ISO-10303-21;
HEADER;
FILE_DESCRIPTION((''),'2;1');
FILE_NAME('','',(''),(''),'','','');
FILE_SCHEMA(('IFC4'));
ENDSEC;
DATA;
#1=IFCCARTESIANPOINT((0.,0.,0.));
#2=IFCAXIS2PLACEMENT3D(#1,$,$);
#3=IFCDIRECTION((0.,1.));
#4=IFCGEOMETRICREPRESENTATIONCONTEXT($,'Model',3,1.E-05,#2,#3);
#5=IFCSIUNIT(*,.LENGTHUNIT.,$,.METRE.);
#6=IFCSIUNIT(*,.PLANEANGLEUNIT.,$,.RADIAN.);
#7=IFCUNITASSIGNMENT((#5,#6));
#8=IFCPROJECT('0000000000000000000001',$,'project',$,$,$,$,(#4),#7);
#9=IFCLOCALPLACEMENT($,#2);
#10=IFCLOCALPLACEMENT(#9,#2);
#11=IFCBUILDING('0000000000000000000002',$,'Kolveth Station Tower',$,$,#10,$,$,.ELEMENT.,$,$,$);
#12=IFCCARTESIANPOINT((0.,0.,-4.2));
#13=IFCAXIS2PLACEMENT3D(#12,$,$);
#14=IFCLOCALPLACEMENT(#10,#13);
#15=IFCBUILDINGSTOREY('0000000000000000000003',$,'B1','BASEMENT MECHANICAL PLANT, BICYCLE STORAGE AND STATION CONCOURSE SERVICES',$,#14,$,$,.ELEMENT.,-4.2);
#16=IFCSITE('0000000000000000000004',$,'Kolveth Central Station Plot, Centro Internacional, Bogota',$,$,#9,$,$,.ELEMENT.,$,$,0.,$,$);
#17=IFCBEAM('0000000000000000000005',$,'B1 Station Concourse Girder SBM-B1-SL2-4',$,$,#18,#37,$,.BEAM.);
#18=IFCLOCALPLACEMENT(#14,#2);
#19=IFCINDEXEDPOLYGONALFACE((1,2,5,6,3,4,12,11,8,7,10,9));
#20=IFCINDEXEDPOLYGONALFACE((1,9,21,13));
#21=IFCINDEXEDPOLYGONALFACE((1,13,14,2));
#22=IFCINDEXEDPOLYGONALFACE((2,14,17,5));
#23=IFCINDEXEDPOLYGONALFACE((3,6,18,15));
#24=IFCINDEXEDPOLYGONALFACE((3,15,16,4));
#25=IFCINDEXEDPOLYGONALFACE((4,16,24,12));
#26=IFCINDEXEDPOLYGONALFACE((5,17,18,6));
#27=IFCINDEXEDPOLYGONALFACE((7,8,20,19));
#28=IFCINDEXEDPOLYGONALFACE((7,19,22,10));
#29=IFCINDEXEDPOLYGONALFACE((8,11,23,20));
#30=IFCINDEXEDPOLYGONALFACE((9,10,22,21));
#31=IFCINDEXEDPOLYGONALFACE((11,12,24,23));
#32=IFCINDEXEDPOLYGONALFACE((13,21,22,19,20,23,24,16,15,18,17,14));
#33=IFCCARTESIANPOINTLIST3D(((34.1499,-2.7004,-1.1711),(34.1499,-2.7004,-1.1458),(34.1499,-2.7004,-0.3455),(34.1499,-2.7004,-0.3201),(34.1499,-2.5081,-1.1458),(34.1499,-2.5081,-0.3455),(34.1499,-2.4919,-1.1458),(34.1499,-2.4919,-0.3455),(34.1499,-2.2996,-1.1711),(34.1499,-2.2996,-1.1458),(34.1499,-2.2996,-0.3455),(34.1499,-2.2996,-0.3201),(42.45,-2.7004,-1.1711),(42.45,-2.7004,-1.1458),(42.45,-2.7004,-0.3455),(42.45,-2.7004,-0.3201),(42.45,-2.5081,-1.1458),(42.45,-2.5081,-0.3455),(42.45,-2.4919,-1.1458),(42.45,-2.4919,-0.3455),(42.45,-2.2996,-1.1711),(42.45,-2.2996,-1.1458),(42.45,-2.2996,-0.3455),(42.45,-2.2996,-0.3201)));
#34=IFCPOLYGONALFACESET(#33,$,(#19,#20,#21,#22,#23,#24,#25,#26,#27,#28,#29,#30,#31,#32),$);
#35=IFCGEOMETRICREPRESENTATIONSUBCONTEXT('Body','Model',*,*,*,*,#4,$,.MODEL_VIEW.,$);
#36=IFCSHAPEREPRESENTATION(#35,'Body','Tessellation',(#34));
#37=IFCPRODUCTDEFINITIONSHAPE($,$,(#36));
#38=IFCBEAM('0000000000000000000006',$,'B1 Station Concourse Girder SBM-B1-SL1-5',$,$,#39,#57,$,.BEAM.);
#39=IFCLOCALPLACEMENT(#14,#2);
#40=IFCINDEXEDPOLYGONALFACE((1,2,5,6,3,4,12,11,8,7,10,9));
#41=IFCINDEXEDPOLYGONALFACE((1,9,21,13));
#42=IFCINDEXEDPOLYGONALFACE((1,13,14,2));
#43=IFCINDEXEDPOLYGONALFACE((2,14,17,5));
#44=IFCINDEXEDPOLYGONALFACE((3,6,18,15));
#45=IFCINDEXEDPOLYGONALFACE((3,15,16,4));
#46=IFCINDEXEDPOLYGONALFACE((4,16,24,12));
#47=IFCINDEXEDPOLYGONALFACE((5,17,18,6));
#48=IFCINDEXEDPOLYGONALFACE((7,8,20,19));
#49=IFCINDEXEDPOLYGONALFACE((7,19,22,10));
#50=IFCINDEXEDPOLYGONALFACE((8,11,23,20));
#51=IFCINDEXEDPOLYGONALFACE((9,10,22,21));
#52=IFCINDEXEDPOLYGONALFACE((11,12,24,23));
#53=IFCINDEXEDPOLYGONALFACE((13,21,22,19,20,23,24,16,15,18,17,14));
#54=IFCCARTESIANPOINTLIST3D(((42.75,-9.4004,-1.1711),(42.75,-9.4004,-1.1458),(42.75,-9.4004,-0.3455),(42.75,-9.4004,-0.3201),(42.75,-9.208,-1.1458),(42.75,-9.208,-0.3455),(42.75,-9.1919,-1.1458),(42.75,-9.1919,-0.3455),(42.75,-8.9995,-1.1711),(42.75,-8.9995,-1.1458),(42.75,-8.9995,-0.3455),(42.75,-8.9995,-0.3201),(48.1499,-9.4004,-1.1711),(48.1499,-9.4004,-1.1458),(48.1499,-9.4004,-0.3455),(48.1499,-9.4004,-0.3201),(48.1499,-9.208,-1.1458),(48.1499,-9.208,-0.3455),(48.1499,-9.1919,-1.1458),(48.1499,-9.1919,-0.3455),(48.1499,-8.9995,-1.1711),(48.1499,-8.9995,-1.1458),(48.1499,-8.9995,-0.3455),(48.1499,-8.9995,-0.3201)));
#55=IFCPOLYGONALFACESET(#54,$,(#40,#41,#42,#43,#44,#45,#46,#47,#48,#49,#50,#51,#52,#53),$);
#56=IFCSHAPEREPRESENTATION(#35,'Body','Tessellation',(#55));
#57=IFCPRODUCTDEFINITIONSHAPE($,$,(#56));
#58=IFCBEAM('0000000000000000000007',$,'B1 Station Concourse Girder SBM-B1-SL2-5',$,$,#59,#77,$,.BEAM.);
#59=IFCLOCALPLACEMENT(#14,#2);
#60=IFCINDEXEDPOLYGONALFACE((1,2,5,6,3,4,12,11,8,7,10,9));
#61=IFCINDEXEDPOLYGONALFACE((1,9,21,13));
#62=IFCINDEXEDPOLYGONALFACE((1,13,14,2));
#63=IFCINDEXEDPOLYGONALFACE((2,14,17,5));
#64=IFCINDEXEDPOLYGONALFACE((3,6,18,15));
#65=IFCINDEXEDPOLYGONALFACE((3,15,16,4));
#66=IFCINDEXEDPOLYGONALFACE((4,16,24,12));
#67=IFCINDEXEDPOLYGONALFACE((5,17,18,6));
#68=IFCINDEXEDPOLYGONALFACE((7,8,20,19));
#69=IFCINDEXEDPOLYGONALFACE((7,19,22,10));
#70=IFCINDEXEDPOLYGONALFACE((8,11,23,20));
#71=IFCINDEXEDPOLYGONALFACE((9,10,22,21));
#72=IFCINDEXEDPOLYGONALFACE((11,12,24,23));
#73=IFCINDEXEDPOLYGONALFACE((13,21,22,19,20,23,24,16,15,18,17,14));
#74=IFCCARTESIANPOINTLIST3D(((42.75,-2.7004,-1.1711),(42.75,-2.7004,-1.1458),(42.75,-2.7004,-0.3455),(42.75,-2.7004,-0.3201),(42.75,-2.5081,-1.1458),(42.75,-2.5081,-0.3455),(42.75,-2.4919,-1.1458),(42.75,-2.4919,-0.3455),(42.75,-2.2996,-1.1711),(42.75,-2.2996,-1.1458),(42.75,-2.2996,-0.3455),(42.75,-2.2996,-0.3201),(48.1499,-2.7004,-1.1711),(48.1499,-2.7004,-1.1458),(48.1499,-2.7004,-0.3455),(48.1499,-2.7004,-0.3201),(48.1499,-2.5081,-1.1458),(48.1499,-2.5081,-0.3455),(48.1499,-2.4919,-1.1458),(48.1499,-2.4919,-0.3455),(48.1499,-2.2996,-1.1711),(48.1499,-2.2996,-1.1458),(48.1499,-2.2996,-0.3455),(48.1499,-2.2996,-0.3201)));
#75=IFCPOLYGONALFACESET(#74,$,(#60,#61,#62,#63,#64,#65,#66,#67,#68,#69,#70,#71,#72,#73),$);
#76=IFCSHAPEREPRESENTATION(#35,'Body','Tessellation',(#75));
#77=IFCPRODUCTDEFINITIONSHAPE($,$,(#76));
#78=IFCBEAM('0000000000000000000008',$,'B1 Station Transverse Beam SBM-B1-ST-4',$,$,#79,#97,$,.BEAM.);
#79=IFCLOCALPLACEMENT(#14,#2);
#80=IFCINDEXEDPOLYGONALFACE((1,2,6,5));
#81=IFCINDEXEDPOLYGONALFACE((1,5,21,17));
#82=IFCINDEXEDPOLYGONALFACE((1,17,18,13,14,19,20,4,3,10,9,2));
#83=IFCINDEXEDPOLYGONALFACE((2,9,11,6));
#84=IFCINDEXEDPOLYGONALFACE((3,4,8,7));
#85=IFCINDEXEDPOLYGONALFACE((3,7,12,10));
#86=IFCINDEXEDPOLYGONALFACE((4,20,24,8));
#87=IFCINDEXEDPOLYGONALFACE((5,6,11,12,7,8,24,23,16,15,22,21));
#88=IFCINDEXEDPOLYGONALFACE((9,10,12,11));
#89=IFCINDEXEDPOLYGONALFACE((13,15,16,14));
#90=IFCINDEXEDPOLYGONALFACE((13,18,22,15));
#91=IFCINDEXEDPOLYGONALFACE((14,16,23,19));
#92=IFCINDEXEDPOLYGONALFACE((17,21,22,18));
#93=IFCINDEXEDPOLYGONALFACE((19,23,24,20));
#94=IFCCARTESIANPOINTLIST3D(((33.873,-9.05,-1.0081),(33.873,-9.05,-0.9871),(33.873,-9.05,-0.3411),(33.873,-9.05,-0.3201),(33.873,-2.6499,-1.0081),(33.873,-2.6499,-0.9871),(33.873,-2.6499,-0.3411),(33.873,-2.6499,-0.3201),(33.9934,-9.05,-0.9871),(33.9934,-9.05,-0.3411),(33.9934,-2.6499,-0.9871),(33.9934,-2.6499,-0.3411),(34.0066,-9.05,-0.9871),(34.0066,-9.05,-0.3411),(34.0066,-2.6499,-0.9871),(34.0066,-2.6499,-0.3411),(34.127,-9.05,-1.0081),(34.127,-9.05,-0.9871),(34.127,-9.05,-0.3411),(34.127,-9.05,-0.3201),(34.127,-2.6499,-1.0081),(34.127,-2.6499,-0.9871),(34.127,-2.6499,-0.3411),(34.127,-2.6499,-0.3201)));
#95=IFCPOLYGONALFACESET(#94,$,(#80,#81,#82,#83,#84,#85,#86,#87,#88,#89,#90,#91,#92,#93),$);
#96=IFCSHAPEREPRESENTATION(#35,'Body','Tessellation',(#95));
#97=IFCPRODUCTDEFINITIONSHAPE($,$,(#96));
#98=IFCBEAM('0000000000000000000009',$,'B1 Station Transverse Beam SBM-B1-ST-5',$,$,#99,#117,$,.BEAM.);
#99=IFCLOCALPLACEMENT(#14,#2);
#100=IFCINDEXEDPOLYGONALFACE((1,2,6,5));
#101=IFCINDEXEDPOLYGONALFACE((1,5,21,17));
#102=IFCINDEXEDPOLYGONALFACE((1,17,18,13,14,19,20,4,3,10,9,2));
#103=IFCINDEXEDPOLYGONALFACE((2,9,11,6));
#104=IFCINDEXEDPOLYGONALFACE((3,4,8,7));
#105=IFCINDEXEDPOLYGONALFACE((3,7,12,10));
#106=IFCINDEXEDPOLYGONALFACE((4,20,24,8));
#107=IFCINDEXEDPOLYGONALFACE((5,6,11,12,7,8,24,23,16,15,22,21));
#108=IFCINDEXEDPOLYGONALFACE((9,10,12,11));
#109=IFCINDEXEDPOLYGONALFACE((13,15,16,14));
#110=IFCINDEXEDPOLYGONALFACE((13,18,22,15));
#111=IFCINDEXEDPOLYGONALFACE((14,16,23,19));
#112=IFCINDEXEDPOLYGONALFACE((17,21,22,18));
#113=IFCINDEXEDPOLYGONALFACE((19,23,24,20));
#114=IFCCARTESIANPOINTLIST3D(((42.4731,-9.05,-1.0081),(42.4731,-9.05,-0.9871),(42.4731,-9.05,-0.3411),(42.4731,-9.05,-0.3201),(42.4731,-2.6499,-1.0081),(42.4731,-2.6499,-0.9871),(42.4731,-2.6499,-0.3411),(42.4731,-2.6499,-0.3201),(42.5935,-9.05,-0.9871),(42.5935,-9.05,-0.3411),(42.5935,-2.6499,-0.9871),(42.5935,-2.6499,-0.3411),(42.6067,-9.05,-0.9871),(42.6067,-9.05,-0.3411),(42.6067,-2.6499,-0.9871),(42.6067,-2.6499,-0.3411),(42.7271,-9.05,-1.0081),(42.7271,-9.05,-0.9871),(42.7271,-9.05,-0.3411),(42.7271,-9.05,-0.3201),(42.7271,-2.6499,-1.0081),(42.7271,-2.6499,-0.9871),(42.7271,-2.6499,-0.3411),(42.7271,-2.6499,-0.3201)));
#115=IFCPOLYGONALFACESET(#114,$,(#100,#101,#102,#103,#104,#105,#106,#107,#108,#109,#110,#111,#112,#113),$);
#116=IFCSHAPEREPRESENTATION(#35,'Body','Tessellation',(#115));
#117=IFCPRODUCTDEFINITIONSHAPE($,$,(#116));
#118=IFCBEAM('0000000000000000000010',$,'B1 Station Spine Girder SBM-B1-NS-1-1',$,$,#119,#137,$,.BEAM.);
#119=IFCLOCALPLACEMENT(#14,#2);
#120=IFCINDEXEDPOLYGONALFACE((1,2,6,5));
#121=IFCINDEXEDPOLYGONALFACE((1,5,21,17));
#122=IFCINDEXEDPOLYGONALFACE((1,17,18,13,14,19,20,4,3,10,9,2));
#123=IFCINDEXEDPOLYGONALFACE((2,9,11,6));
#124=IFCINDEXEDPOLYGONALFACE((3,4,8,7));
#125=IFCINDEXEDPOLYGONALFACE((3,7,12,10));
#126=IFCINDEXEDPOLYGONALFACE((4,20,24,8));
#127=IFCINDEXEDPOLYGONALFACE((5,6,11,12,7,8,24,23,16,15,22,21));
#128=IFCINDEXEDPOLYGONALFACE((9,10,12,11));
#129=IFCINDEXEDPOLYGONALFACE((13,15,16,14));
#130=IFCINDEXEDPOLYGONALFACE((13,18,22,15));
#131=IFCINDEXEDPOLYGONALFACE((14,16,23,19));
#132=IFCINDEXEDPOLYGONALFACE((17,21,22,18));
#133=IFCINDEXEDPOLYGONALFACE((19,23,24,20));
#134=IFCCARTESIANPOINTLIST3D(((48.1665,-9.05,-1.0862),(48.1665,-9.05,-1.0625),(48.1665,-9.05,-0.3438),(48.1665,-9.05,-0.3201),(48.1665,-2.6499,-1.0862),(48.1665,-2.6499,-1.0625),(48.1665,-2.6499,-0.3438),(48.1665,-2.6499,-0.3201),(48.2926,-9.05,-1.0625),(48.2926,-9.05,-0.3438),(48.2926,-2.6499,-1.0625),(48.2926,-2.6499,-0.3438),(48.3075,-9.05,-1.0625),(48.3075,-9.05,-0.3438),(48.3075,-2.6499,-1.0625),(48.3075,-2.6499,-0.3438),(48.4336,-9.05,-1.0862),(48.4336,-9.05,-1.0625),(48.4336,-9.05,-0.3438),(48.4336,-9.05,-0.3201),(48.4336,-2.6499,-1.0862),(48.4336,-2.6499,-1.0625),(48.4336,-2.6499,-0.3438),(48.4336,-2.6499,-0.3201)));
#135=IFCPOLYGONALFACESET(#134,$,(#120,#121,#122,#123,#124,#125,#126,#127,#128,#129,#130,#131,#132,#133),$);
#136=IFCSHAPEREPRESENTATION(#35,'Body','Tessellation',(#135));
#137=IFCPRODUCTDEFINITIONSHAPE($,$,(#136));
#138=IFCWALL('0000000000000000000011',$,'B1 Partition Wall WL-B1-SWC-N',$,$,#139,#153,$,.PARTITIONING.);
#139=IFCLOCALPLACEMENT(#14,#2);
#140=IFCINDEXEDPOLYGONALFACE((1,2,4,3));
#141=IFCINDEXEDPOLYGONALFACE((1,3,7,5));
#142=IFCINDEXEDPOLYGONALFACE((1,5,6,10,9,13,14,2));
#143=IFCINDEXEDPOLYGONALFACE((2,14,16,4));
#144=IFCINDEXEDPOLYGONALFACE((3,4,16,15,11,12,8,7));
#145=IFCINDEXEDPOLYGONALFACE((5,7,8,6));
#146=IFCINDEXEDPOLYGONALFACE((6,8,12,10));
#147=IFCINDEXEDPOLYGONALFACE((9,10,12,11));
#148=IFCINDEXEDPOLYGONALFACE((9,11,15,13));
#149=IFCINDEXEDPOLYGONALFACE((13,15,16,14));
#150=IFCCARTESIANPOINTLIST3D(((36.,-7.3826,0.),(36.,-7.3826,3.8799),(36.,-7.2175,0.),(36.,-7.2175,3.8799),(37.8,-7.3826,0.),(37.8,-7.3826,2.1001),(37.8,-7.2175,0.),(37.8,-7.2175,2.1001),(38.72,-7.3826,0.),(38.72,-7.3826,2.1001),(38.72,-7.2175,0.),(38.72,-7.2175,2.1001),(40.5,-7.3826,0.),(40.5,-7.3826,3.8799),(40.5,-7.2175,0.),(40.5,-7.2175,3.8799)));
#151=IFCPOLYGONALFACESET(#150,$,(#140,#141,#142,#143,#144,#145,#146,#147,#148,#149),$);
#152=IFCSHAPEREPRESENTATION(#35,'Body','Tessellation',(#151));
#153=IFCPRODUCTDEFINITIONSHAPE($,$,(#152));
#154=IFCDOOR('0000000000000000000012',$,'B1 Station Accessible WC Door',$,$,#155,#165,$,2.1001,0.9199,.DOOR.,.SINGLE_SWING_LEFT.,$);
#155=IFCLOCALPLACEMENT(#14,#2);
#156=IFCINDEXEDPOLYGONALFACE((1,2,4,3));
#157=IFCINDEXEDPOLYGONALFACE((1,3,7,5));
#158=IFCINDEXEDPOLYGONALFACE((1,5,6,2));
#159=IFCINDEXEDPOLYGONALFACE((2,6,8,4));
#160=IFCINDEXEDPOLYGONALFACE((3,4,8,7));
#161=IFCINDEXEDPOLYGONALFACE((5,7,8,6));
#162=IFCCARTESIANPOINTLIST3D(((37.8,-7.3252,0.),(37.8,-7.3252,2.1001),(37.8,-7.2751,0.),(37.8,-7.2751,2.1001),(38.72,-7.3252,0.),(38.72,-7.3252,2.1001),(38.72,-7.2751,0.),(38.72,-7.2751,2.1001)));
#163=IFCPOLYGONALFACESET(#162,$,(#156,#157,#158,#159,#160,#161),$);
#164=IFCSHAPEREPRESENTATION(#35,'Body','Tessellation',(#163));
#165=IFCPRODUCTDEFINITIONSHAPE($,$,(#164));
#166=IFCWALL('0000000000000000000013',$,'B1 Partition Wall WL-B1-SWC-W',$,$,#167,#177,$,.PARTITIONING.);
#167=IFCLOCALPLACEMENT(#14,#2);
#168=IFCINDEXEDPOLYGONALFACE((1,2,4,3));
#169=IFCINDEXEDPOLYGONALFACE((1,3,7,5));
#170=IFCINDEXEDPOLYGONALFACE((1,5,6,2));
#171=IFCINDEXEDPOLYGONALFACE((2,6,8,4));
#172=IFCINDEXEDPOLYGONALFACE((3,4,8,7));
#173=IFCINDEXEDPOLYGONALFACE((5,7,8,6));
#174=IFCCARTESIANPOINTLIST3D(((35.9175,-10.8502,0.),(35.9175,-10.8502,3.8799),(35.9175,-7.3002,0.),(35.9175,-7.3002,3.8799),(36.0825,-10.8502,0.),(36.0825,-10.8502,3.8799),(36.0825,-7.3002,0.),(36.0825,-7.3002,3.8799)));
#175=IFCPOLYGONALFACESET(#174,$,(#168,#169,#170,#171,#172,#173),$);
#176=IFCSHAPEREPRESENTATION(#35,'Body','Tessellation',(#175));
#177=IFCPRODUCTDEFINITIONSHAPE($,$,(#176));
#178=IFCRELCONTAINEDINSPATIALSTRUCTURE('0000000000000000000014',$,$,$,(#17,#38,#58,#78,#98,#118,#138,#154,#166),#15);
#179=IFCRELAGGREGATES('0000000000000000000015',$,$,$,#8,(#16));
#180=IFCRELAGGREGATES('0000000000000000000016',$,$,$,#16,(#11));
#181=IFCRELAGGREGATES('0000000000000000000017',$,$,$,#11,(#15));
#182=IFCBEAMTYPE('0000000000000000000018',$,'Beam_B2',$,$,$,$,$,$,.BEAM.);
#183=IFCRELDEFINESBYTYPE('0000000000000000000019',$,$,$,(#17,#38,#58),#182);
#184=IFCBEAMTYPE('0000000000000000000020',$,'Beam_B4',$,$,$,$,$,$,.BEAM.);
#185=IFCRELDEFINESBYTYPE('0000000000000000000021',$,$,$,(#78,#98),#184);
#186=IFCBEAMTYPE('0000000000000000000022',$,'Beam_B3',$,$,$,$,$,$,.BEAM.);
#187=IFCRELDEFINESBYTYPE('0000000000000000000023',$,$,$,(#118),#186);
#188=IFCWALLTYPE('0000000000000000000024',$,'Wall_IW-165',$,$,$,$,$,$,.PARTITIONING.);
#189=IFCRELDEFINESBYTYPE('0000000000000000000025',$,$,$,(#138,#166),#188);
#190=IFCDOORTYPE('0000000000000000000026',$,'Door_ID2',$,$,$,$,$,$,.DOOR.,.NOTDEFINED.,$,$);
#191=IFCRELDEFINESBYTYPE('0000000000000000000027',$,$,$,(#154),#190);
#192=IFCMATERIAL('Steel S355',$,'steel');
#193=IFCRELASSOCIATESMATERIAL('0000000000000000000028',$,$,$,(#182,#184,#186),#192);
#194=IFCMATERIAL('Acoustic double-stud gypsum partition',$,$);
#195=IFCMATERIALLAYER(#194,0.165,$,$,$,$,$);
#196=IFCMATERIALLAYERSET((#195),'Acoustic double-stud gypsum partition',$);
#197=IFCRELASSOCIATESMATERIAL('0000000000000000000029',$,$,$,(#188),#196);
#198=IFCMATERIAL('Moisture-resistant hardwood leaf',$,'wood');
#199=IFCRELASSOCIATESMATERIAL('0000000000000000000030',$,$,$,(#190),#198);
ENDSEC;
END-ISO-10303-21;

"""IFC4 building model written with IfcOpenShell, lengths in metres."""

from ifc_helpers import new_model, si_unit, direction, frame, frame_2d, origin, origin_2d, place, context, subcontext, project, spatial, rectangle, i_section, extrude, source, transform, mapped, material, layer, layer_set, material_profile, profile_set, type_object, element, fill, save


model = new_model("IFC4")

# Units and contexts
model_context = context("Model", 3, precision=1e-05, world=origin(), true_north=direction((0.0, 1.0)))
body_context = subcontext(model_context, "Body", "Model", "MODEL_VIEW")
ifc_project = project(units=[si_unit("LENGTHUNIT", "METRE"), si_unit("PLANEANGLEUNIT", "RADIAN")], contexts=[model_context])

# Site, building, storey
site_placement = place(None, origin())
site = spatial("IfcSite", under=ifc_project, at=site_placement, Name="Kolveth Central Station Plot, Centro Internacional, Bogota", CompositionType="ELEMENT", RefElevation=0.0)
building_placement = place(site_placement, origin())
building = spatial("IfcBuilding", under=site, at=building_placement, Name="Kolveth Station Tower", CompositionType="ELEMENT")
storey_placement = place(building_placement, frame((0.0, 0.0, -4.2)))
storey = spatial("IfcBuildingStorey", under=building, at=storey_placement, Name="B1", Description="BASEMENT MECHANICAL PLANT, BICYCLE STORAGE AND STATION CONCOURSE SERVICES", CompositionType="ELEMENT", Elevation=-4.2)

# Shared definitions
ifc_material_1 = material(Name="Steel S355", Category="steel")

# Beams
ifc_material_profile_1 = material_profile(ifc_material_1, i_section(OverallWidth=0.4009, OverallDepth=0.8511, WebThickness=0.0161, FlangeThickness=0.0254, at=origin_2d()), Name="W840x226")
ifc_profile_set_1 = profile_set([ifc_material_profile_1], Name="Steel S355")
beam_type_1 = type_object("IfcBeamType", Name="Beam_B2", PredefinedType="BEAM", material=ifc_profile_set_1)
shared_shape_1 = source(origin(), body_context, "Body", "SweptSolid", [
    extrude(i_section(OverallWidth=0.4009, OverallDepth=0.8511, WebThickness=0.0161, FlangeThickness=0.0254, at=origin_2d()), origin(), (0.0, 0.0, 1.0), 8.3),
])
for number, where, z_axis, x_axis, name in (
    (1, (34.1499, -2.5, -0.7456), (1.0, 0.0, 0.0), (0.0, 1.0, 0.0), "B1 Station Concourse Girder SBM-B1-SL2-4"),
):
    element("IfcBeam", number, at=place(storey_placement, frame(where, z_axis=z_axis, x_axis=x_axis)), inside=storey, type_object=beam_type_1, Name=name, PredefinedType="BEAM", context=body_context, shape_type="MappedRepresentation", body=[
        mapped(shared_shape_1, transform((0.0, 0.0, 0.0), x_axis=(1.0, 0.0, 0.0), y_axis=(0.0, 1.0, 0.0), z_axis=(0.0, 0.0, 1.0), scale=1.0)),
    ])
shared_shape_2 = source(origin(), body_context, "Body", "SweptSolid", [
    extrude(i_section(OverallWidth=0.4009, OverallDepth=0.8511, WebThickness=0.0161, FlangeThickness=0.0254, at=origin_2d()), origin(), (0.0, 0.0, 1.0), 5.3999),
])
for number, where, z_axis, x_axis, name in (
    (2, (42.75, -9.2, -0.7456), (1.0, 0.0, 0.0), (0.0, 1.0, 0.0), "B1 Station Concourse Girder SBM-B1-SL1-5"),
    (3, (42.75, -2.5, -0.7456), (1.0, 0.0, 0.0), (0.0, 1.0, 0.0), "B1 Station Concourse Girder SBM-B1-SL2-5"),
):
    element("IfcBeam", number, at=place(storey_placement, frame(where, z_axis=z_axis, x_axis=x_axis)), inside=storey, type_object=beam_type_1, Name=name, PredefinedType="BEAM", context=body_context, shape_type="MappedRepresentation", body=[
        mapped(shared_shape_2, transform((0.0, 0.0, 0.0), x_axis=(1.0, 0.0, 0.0), y_axis=(0.0, 1.0, 0.0), z_axis=(0.0, 0.0, 1.0), scale=1.0)),
    ])
ifc_material_profile_2 = material_profile(ifc_material_1, i_section(OverallWidth=0.2539, OverallDepth=0.688, WebThickness=0.0132, FlangeThickness=0.021, at=origin_2d()), Name="W690x152")
ifc_profile_set_2 = profile_set([ifc_material_profile_2], Name="Steel S355")
beam_type_2 = type_object("IfcBeamType", Name="Beam_B4", PredefinedType="BEAM", material=ifc_profile_set_2)
shared_shape_3 = source(origin(), body_context, "Body", "SweptSolid", [
    extrude(i_section(OverallWidth=0.2539, OverallDepth=0.688, WebThickness=0.0132, FlangeThickness=0.021, at=origin_2d()), origin(), (0.0, 0.0, 1.0), 6.4001),
])
for number, where, z_axis, x_axis, name in (
    (4, (34.0, -9.05, -0.6641), (0.0, 1.0, 0.0), (-1.0, 0.0, 0.0), "B1 Station Transverse Beam SBM-B1-ST-4"),
    (5, (42.6001, -9.05, -0.6641), (0.0, 1.0, 0.0), (-1.0, 0.0, 0.0), "B1 Station Transverse Beam SBM-B1-ST-5"),
):
    element("IfcBeam", number, at=place(storey_placement, frame(where, z_axis=z_axis, x_axis=x_axis)), inside=storey, type_object=beam_type_2, Name=name, PredefinedType="BEAM", context=body_context, shape_type="MappedRepresentation", body=[
        mapped(shared_shape_3, transform((0.0, 0.0, 0.0), x_axis=(1.0, 0.0, 0.0), y_axis=(0.0, 1.0, 0.0), z_axis=(0.0, 0.0, 1.0), scale=1.0)),
    ])
ifc_material_profile_3 = material_profile(ifc_material_1, i_section(OverallWidth=0.2671, OverallDepth=0.7661, WebThickness=0.0149, FlangeThickness=0.0237, at=origin_2d()), Name="W760x185")
ifc_profile_set_3 = profile_set([ifc_material_profile_3], Name="Steel S355")
beam_type_3 = type_object("IfcBeamType", Name="Beam_B3", PredefinedType="BEAM", material=ifc_profile_set_3)
shared_shape_4 = source(origin(), body_context, "Body", "SweptSolid", [
    extrude(i_section(OverallWidth=0.2671, OverallDepth=0.7661, WebThickness=0.0149, FlangeThickness=0.0237, at=origin_2d()), origin(), (0.0, 0.0, 1.0), 6.4001),
])
beam_1_placement = place(storey_placement, frame((48.3, -9.05, -0.7031), z_axis=(0.0, 1.0, 0.0), x_axis=(-1.0, 0.0, 0.0)))
element("IfcBeam", 6, at=beam_1_placement, inside=storey, type_object=beam_type_3, Name="B1 Station Spine Girder SBM-B1-NS-1-1", PredefinedType="BEAM", context=body_context, shape_type="MappedRepresentation", body=[
    mapped(shared_shape_4, transform((0.0, 0.0, 0.0), x_axis=(1.0, 0.0, 0.0), y_axis=(0.0, 1.0, 0.0), z_axis=(0.0, 0.0, 1.0), scale=1.0)),
])

# Wall, opening, door
ifc_material_2 = material(Name="Acoustic double-stud gypsum partition")
ifc_layer_1 = layer(ifc_material_2, 0.165)
ifc_layer_set_1 = layer_set([ifc_layer_1], Name="Acoustic double-stud gypsum partition")
wall_type_1 = type_object("IfcWallType", Name="Wall_IW-165", PredefinedType="PARTITIONING", material=ifc_layer_set_1)
wall_1_placement = place(storey_placement, frame((36.0, -7.3, 0.0), z_axis=(0.0, 0.0, 1.0), x_axis=(1.0, 0.0, 0.0)))
wall_1 = element("IfcWall", 7, at=wall_1_placement, inside=storey, type_object=wall_type_1, Name="B1 Partition Wall WL-B1-SWC-N", PredefinedType="PARTITIONING", context=body_context, shape_type="SweptSolid", body=[
    extrude(rectangle(XDim=4.5, YDim=0.165, at=frame_2d((2.25, 0.0))), origin(), (0.0, 0.0, 1.0), 3.8799),
])
opening_1_placement = place(wall_1_placement, frame((1.8, 0.0, 0.0)))
opening_1 = element("IfcOpeningElement", 8, at=opening_1_placement, cuts=wall_1, PredefinedType="OPENING", context=body_context, shape_type="SweptSolid", body=[
    extrude(rectangle(XDim=0.9199, YDim=2.1001, at=frame_2d((0.46, 1.05))), frame((0.0, 0.0925, 0.0), z_axis=(0.0, -1.0, 0.0), x_axis=(1.0, 0.0, 0.0)), (0.0, 0.0, 1.0), 0.1851),
])
ifc_material_3 = material(Name="Moisture-resistant hardwood leaf", Category="wood")
door_type_1 = type_object("IfcDoorType", Name="Door_ID2", OperationType="NOTDEFINED", PredefinedType="DOOR", material=ifc_material_3)
door_1_placement = place(opening_1_placement, origin())
door_1 = element("IfcDoor", 9, at=door_1_placement, inside=storey, type_object=door_type_1, Name="B1 Station Accessible WC Door", OperationType="SINGLE_SWING_LEFT", OverallHeight=2.1001, OverallWidth=0.9199, PredefinedType="DOOR", context=body_context, shape_type="SweptSolid", body=[
    extrude(rectangle(XDim=0.9199, YDim=2.1001, at=frame_2d((0.46, 1.05))), frame((0.0, 0.0249, 0.0), z_axis=(0.0, -1.0, 0.0), x_axis=(1.0, 0.0, 0.0)), (0.0, 0.0, 1.0), 0.05),
])
fill(opening_1, door_1)

# Wall
for number, where, z_axis, x_axis, name in (
    (10, (36.0, -10.8501, 0.0), (0.0, 0.0, 1.0), (0.0, 1.0, 0.0), "B1 Partition Wall WL-B1-SWC-W"),
):
    element("IfcWall", number, at=place(storey_placement, frame(where, z_axis=z_axis, x_axis=x_axis)), inside=storey, type_object=wall_type_1, Name=name, PredefinedType="PARTITIONING", context=body_context, shape_type="SweptSolid", body=[
        extrude(rectangle(XDim=3.55, YDim=0.165, at=frame_2d((1.7749, 0.0))), origin(), (0.0, 0.0, 1.0), 3.8799),
    ])

save(model, "model.ifc")
